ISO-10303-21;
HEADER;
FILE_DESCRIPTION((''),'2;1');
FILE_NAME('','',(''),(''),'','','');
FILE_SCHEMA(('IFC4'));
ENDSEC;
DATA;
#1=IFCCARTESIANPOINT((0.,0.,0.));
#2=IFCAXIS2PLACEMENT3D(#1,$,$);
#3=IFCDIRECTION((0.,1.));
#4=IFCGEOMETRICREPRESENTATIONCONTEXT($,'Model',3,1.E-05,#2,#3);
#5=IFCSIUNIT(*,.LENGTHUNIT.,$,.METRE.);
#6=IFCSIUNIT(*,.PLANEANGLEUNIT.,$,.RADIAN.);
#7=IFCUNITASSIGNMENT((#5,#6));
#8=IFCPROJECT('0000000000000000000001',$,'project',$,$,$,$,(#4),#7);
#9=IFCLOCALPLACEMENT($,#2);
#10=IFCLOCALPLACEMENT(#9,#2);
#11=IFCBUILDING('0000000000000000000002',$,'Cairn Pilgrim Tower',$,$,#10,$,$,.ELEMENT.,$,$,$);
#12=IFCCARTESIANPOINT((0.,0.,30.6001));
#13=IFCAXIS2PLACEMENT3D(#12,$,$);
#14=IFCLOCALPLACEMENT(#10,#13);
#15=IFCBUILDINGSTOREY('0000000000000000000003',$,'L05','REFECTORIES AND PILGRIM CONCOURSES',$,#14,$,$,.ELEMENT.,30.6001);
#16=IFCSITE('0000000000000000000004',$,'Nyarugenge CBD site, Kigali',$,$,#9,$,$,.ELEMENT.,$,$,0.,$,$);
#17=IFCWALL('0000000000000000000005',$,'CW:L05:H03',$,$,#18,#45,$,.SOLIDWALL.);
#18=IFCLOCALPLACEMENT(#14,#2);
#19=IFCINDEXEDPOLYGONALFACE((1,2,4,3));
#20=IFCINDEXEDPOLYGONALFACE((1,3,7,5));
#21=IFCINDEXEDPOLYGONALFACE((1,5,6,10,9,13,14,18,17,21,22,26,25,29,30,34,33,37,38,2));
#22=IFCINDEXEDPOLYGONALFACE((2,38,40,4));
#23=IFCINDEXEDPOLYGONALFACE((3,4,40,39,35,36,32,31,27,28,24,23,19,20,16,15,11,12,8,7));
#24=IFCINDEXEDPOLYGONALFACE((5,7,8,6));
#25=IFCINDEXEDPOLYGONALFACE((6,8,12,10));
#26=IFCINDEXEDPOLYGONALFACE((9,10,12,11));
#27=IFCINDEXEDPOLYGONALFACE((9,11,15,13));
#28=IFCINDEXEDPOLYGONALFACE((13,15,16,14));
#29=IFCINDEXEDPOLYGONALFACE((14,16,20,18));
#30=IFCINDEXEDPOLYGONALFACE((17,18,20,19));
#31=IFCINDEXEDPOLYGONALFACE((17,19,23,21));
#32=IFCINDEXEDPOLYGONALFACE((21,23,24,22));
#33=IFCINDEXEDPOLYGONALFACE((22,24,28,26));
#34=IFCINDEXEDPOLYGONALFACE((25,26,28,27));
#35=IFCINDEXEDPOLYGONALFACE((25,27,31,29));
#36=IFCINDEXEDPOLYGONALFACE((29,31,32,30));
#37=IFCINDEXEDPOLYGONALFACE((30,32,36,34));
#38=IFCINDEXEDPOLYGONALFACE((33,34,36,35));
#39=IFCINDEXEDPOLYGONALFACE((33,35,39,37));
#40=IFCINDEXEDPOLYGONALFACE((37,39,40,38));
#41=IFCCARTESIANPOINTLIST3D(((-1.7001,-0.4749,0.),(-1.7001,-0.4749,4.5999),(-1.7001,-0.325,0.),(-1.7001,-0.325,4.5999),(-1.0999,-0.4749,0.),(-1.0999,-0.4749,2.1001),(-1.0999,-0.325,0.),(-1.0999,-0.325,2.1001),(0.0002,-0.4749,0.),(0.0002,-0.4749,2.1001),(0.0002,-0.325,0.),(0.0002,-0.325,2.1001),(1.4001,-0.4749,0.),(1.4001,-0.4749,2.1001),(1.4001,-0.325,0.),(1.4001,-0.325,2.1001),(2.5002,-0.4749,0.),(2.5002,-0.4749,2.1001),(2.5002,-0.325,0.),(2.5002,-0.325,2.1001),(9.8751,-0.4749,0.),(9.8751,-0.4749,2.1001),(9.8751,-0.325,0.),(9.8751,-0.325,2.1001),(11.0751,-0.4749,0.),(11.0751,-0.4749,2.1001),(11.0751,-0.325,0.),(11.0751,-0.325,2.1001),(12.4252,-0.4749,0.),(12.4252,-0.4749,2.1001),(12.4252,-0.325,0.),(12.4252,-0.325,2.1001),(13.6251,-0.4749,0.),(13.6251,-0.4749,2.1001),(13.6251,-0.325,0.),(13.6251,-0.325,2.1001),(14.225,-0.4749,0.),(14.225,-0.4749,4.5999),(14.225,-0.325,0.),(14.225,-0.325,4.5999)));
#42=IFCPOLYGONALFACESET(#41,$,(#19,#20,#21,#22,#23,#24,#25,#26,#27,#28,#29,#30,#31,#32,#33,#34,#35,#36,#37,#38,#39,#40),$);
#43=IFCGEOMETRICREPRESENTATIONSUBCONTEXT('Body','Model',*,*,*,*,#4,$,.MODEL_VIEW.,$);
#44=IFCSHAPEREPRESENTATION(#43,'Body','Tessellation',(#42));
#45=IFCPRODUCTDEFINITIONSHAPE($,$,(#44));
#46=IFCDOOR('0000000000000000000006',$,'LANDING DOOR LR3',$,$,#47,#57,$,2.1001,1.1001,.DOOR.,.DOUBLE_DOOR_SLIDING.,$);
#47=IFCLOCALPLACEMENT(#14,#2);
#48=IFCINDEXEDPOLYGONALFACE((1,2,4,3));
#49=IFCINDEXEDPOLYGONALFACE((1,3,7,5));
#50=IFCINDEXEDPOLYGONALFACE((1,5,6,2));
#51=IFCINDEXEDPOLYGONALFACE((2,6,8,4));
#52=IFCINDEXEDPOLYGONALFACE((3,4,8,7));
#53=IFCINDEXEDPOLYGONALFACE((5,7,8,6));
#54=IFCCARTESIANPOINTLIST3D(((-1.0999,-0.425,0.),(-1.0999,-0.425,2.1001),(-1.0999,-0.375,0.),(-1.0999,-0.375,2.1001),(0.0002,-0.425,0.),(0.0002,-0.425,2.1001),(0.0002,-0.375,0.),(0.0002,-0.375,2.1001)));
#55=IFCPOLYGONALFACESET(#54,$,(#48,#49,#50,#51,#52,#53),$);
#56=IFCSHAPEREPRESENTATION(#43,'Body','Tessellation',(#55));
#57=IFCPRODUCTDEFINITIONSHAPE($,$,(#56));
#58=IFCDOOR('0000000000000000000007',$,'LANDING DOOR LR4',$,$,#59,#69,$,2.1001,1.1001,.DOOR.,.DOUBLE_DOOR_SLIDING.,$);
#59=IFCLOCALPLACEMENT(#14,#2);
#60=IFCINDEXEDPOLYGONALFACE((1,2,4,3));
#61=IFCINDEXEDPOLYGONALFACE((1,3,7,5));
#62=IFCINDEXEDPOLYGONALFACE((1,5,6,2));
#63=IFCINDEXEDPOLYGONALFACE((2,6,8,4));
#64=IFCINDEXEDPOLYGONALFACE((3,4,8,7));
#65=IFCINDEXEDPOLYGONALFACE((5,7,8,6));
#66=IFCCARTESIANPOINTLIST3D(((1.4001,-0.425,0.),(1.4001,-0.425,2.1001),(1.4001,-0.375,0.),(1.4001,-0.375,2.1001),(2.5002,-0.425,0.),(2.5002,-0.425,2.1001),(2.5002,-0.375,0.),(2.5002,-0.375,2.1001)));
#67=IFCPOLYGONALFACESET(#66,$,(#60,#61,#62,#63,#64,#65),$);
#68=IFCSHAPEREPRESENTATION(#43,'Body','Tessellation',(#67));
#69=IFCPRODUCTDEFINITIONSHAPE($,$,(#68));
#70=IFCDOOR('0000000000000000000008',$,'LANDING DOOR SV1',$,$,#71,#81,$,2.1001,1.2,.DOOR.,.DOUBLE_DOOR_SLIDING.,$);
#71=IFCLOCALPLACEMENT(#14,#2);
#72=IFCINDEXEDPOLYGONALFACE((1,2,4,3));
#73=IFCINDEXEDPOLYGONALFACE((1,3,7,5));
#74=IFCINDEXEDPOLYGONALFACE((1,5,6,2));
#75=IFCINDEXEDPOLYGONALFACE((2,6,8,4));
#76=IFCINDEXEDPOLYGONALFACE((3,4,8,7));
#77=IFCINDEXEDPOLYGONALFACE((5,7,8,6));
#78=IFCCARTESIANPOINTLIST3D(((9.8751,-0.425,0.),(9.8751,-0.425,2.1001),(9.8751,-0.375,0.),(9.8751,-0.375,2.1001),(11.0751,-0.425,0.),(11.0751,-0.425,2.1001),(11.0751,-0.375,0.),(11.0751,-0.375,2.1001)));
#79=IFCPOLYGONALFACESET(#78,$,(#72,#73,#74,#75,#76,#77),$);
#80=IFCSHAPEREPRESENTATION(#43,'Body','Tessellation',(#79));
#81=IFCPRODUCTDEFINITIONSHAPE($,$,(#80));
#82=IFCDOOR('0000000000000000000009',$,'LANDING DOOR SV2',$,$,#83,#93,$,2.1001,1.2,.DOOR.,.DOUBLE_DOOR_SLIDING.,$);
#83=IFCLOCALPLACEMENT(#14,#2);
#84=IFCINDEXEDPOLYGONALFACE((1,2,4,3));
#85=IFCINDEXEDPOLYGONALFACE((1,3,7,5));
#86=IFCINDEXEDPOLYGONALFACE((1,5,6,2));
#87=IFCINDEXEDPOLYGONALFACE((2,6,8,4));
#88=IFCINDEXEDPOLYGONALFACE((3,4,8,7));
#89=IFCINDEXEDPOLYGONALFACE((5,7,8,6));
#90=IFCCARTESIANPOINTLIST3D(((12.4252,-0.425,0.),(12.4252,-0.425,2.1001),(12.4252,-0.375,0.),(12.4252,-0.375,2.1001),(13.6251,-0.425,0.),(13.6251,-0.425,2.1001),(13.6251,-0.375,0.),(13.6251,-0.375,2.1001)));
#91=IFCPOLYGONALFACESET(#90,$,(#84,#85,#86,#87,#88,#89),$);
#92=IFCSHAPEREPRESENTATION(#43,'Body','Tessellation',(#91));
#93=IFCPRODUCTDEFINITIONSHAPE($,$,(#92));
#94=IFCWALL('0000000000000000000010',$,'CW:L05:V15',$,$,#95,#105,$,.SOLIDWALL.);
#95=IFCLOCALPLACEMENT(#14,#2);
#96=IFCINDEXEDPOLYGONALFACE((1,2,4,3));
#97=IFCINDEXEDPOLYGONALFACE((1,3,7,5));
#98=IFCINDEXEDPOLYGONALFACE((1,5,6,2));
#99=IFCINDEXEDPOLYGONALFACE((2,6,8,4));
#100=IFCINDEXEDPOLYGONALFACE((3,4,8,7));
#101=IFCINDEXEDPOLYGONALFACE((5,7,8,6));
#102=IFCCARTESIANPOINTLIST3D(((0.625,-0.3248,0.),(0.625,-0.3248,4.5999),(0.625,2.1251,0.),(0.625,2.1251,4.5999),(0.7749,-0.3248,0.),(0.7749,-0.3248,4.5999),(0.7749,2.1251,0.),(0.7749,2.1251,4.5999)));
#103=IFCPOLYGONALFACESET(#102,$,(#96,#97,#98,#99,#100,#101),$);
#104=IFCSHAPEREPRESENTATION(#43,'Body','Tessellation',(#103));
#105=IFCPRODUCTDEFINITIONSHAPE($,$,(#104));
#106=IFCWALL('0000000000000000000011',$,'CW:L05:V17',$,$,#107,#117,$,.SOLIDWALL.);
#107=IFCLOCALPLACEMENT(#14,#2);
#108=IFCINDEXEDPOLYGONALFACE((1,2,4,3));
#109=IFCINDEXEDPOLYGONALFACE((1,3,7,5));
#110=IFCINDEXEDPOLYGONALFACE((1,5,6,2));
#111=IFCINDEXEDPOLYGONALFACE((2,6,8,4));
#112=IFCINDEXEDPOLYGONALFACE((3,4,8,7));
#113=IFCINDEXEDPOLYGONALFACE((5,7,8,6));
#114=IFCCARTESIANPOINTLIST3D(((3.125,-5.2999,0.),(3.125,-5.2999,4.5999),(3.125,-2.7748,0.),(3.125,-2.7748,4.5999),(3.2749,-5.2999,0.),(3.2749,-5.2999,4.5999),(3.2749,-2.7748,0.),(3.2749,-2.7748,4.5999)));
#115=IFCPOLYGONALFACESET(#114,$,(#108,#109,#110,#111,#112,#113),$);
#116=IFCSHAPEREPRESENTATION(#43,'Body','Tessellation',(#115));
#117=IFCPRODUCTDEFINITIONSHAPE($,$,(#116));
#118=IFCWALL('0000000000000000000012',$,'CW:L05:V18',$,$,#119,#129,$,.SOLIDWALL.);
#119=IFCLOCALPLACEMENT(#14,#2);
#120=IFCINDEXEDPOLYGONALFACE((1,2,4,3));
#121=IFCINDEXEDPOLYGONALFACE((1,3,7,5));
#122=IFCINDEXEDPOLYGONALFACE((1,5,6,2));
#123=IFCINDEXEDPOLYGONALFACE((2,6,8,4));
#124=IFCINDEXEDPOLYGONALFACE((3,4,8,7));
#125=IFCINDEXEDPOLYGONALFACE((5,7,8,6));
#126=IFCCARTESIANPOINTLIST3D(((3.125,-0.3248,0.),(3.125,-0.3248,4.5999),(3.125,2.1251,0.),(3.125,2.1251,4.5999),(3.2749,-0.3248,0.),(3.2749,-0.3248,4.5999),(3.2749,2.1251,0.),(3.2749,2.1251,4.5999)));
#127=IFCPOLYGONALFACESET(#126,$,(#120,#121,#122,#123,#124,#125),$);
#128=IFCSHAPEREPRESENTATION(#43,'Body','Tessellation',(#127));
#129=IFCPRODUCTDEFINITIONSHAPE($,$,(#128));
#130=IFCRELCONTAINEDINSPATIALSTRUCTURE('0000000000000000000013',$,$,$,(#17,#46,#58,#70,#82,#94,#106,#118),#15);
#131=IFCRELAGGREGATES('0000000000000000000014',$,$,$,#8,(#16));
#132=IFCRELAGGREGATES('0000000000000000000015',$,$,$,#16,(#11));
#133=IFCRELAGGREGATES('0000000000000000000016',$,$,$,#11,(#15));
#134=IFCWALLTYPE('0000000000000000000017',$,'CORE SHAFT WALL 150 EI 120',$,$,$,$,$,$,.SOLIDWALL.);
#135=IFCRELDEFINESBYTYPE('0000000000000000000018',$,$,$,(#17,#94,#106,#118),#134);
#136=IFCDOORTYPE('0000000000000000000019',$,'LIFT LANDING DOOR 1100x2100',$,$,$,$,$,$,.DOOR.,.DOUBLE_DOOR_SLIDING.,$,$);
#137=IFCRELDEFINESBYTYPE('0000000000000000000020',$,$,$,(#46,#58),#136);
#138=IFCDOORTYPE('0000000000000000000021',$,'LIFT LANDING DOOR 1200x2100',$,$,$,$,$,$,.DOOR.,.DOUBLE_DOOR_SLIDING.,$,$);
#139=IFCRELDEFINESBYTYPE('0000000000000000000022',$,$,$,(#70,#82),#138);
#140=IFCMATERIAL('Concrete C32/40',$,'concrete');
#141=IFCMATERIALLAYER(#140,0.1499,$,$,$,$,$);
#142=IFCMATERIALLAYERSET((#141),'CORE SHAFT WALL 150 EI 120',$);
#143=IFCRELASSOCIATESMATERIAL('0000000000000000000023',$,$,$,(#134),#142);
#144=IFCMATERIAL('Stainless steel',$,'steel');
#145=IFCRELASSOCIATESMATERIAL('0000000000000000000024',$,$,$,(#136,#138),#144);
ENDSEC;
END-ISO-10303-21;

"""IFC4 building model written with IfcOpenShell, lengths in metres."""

from ifc_helpers import new_model, si_unit, direction, frame, frame_2d, origin, place, context, subcontext, project, spatial, rectangle, extrude, material, layer, layer_set, type_object, element, fill, save


model = new_model("IFC4")

# Units and contexts
model_context = context("Model", 3, precision=1e-05, world=origin(), true_north=direction((0.0, 1.0)))
body_context = subcontext(model_context, "Body", "Model", "MODEL_VIEW")
ifc_project = project(units=[si_unit("LENGTHUNIT", "METRE"), si_unit("PLANEANGLEUNIT", "RADIAN")], contexts=[model_context])

# Site, building, storey
site_placement = place(None, origin())
site = spatial("IfcSite", under=ifc_project, at=site_placement, Name="Nyarugenge CBD site, Kigali", CompositionType="ELEMENT", RefElevation=0.0)
building_placement = place(site_placement, origin())
building = spatial("IfcBuilding", under=site, at=building_placement, Name="Cairn Pilgrim Tower", CompositionType="ELEMENT")
storey_placement = place(building_placement, frame((0.0, 0.0, 30.6001)))
storey = spatial("IfcBuildingStorey", under=building, at=storey_placement, Name="L05", Description="REFECTORIES AND PILGRIM CONCOURSES", CompositionType="ELEMENT", Elevation=30.6001)

# Shared definitions
ifc_material_1 = material(Name="Concrete C32/40", Category="concrete")

# Wall, openings, doors
ifc_layer_1 = layer(ifc_material_1, 0.1499)
ifc_layer_set_1 = layer_set([ifc_layer_1], Name="CORE SHAFT WALL 150 EI 120")
wall_type = type_object("IfcWallType", Name="CORE SHAFT WALL 150 EI 120", PredefinedType="SOLIDWALL", material=ifc_layer_set_1)
ifc_material_2 = material(Name="Stainless steel", Category="steel")
door_type_1 = type_object("IfcDoorType", Name="LIFT LANDING DOOR 1100x2100", OperationType="DOUBLE_DOOR_SLIDING", PredefinedType="DOOR", material=ifc_material_2)
wall_1_placement = place(storey_placement, frame((-1.7, -0.3999, 0.0), z_axis=(0.0, 0.0, 1.0), x_axis=(1.0, 0.0, 0.0)))
wall_1 = element("IfcWall", 1, at=wall_1_placement, inside=storey, type_object=wall_type, Name="CW:L05:H03", PredefinedType="SOLIDWALL", context=body_context, shape_type="SweptSolid", body=[
    extrude(rectangle(XDim=15.925, YDim=0.1499, at=frame_2d((7.9624, 0.0))), origin(), (0.0, 0.0, 1.0), 4.5999),
])
opening_1_placement = place(wall_1_placement, frame((0.6001, 0.0, 0.0)))
opening_1 = element("IfcOpeningElement", 2, at=opening_1_placement, cuts=wall_1, PredefinedType="OPENING", context=body_context, shape_type="SweptSolid", body=[
    extrude(rectangle(XDim=1.1001, YDim=2.1001, at=frame_2d((0.55, 1.05))), frame((0.0, 0.085, 0.0), z_axis=(0.0, -1.0, 0.0), x_axis=(1.0, 0.0, 0.0)), (0.0, 0.0, 1.0), 0.1699),
])
opening_2_placement = place(wall_1_placement, frame((3.1001, 0.0, 0.0)))
opening_2 = element("IfcOpeningElement", 3, at=opening_2_placement, cuts=wall_1, PredefinedType="OPENING", context=body_context, shape_type="SweptSolid", body=[
    extrude(rectangle(XDim=1.1001, YDim=2.1001, at=frame_2d((0.55, 1.05))), frame((0.0, 0.085, 0.0), z_axis=(0.0, -1.0, 0.0), x_axis=(1.0, 0.0, 0.0)), (0.0, 0.0, 1.0), 0.1699),
])
opening_3_placement = place(wall_1_placement, frame((11.575, 0.0, 0.0)))
opening_3 = element("IfcOpeningElement", 4, at=opening_3_placement, cuts=wall_1, PredefinedType="OPENING", context=body_context, shape_type="SweptSolid", body=[
    extrude(rectangle(XDim=1.2, YDim=2.1001, at=frame_2d((0.6001, 1.05))), frame((0.0, 0.085, 0.0), z_axis=(0.0, -1.0, 0.0), x_axis=(1.0, 0.0, 0.0)), (0.0, 0.0, 1.0), 0.1699),
])
opening_4_placement = place(wall_1_placement, frame((14.125, 0.0, 0.0)))
opening_4 = element("IfcOpeningElement", 5, at=opening_4_placement, cuts=wall_1, PredefinedType="OPENING", context=body_context, shape_type="SweptSolid", body=[
    extrude(rectangle(XDim=1.2, YDim=2.1001, at=frame_2d((0.6001, 1.05))), frame((0.0, 0.085, 0.0), z_axis=(0.0, -1.0, 0.0), x_axis=(1.0, 0.0, 0.0)), (0.0, 0.0, 1.0), 0.1699),
])
door_1_placement = place(opening_1_placement, origin())
door_1 = element("IfcDoor", 6, at=door_1_placement, inside=storey, type_object=door_type_1, Name="LANDING DOOR LR3", OperationType="DOUBLE_DOOR_SLIDING", OverallHeight=2.1001, OverallWidth=1.1001, PredefinedType="DOOR", context=body_context, shape_type="SweptSolid", body=[
    extrude(rectangle(XDim=1.1001, YDim=2.1001, at=frame_2d((0.55, 1.05))), frame((0.0, 0.0249, 0.0), z_axis=(0.0, -1.0, 0.0), x_axis=(1.0, 0.0, 0.0)), (0.0, 0.0, 1.0), 0.05),
])
fill(opening_1, door_1)
door_2_placement = place(opening_2_placement, origin())
door_2 = element("IfcDoor", 7, at=door_2_placement, inside=storey, type_object=door_type_1, Name="LANDING DOOR LR4", OperationType="DOUBLE_DOOR_SLIDING", OverallHeight=2.1001, OverallWidth=1.1001, PredefinedType="DOOR", context=body_context, shape_type="SweptSolid", body=[
    extrude(rectangle(XDim=1.1001, YDim=2.1001, at=frame_2d((0.55, 1.05))), frame((0.0, 0.0249, 0.0), z_axis=(0.0, -1.0, 0.0), x_axis=(1.0, 0.0, 0.0)), (0.0, 0.0, 1.0), 0.05),
])
fill(opening_2, door_2)
door_type_2 = type_object("IfcDoorType", Name="LIFT LANDING DOOR 1200x2100", OperationType="DOUBLE_DOOR_SLIDING", PredefinedType="DOOR", material=ifc_material_2)
door_3_placement = place(opening_3_placement, origin())
door_3 = element("IfcDoor", 8, at=door_3_placement, inside=storey, type_object=door_type_2, Name="LANDING DOOR SV1", OperationType="DOUBLE_DOOR_SLIDING", OverallHeight=2.1001, OverallWidth=1.2, PredefinedType="DOOR", context=body_context, shape_type="SweptSolid", body=[
    extrude(rectangle(XDim=1.2, YDim=2.1001, at=frame_2d((0.6001, 1.05))), frame((0.0, 0.0249, 0.0), z_axis=(0.0, -1.0, 0.0), x_axis=(1.0, 0.0, 0.0)), (0.0, 0.0, 1.0), 0.05),
])
fill(opening_3, door_3)
door_4_placement = place(opening_4_placement, origin())
door_4 = element("IfcDoor", 9, at=door_4_placement, inside=storey, type_object=door_type_2, Name="LANDING DOOR SV2", OperationType="DOUBLE_DOOR_SLIDING", OverallHeight=2.1001, OverallWidth=1.2, PredefinedType="DOOR", context=body_context, shape_type="SweptSolid", body=[
    extrude(rectangle(XDim=1.2, YDim=2.1001, at=frame_2d((0.6001, 1.05))), frame((0.0, 0.0249, 0.0), z_axis=(0.0, -1.0, 0.0), x_axis=(1.0, 0.0, 0.0)), (0.0, 0.0, 1.0), 0.05),
])
fill(opening_4, door_4)

# Walls
wall_2_placement = place(storey_placement, frame((0.7, -0.325, 0.0), z_axis=(0.0, 0.0, 1.0), x_axis=(0.0, 1.0, 0.0)))
element("IfcWall", 10, at=wall_2_placement, inside=storey, type_object=wall_type, Name="CW:L05:V15", PredefinedType="SOLIDWALL", context=body_context, shape_type="SweptSolid", body=[
    extrude(rectangle(XDim=2.45, YDim=0.1499, at=frame_2d((1.2251, 0.0))), origin(), (0.0, 0.0, 1.0), 4.5999),
])
wall_3_placement = place(storey_placement, frame((3.2, -5.3, 0.0), z_axis=(0.0, 0.0, 1.0), x_axis=(0.0, 1.0, 0.0)))
element("IfcWall", 11, at=wall_3_placement, inside=storey, type_object=wall_type, Name="CW:L05:V17", PredefinedType="SOLIDWALL", context=body_context, shape_type="SweptSolid", body=[
    extrude(rectangle(XDim=2.5251, YDim=0.1499, at=frame_2d((1.2627, 0.0))), origin(), (0.0, 0.0, 1.0), 4.5999),
])
wall_4_placement = place(storey_placement, frame((3.2, -0.325, 0.0), z_axis=(0.0, 0.0, 1.0), x_axis=(0.0, 1.0, 0.0)))
element("IfcWall", 12, at=wall_4_placement, inside=storey, type_object=wall_type, Name="CW:L05:V18", PredefinedType="SOLIDWALL", context=body_context, shape_type="SweptSolid", body=[
    extrude(rectangle(XDim=2.45, YDim=0.1499, at=frame_2d((1.2251, 0.0))), origin(), (0.0, 0.0, 1.0), 4.5999),
])

save(model, "model.ifc")
